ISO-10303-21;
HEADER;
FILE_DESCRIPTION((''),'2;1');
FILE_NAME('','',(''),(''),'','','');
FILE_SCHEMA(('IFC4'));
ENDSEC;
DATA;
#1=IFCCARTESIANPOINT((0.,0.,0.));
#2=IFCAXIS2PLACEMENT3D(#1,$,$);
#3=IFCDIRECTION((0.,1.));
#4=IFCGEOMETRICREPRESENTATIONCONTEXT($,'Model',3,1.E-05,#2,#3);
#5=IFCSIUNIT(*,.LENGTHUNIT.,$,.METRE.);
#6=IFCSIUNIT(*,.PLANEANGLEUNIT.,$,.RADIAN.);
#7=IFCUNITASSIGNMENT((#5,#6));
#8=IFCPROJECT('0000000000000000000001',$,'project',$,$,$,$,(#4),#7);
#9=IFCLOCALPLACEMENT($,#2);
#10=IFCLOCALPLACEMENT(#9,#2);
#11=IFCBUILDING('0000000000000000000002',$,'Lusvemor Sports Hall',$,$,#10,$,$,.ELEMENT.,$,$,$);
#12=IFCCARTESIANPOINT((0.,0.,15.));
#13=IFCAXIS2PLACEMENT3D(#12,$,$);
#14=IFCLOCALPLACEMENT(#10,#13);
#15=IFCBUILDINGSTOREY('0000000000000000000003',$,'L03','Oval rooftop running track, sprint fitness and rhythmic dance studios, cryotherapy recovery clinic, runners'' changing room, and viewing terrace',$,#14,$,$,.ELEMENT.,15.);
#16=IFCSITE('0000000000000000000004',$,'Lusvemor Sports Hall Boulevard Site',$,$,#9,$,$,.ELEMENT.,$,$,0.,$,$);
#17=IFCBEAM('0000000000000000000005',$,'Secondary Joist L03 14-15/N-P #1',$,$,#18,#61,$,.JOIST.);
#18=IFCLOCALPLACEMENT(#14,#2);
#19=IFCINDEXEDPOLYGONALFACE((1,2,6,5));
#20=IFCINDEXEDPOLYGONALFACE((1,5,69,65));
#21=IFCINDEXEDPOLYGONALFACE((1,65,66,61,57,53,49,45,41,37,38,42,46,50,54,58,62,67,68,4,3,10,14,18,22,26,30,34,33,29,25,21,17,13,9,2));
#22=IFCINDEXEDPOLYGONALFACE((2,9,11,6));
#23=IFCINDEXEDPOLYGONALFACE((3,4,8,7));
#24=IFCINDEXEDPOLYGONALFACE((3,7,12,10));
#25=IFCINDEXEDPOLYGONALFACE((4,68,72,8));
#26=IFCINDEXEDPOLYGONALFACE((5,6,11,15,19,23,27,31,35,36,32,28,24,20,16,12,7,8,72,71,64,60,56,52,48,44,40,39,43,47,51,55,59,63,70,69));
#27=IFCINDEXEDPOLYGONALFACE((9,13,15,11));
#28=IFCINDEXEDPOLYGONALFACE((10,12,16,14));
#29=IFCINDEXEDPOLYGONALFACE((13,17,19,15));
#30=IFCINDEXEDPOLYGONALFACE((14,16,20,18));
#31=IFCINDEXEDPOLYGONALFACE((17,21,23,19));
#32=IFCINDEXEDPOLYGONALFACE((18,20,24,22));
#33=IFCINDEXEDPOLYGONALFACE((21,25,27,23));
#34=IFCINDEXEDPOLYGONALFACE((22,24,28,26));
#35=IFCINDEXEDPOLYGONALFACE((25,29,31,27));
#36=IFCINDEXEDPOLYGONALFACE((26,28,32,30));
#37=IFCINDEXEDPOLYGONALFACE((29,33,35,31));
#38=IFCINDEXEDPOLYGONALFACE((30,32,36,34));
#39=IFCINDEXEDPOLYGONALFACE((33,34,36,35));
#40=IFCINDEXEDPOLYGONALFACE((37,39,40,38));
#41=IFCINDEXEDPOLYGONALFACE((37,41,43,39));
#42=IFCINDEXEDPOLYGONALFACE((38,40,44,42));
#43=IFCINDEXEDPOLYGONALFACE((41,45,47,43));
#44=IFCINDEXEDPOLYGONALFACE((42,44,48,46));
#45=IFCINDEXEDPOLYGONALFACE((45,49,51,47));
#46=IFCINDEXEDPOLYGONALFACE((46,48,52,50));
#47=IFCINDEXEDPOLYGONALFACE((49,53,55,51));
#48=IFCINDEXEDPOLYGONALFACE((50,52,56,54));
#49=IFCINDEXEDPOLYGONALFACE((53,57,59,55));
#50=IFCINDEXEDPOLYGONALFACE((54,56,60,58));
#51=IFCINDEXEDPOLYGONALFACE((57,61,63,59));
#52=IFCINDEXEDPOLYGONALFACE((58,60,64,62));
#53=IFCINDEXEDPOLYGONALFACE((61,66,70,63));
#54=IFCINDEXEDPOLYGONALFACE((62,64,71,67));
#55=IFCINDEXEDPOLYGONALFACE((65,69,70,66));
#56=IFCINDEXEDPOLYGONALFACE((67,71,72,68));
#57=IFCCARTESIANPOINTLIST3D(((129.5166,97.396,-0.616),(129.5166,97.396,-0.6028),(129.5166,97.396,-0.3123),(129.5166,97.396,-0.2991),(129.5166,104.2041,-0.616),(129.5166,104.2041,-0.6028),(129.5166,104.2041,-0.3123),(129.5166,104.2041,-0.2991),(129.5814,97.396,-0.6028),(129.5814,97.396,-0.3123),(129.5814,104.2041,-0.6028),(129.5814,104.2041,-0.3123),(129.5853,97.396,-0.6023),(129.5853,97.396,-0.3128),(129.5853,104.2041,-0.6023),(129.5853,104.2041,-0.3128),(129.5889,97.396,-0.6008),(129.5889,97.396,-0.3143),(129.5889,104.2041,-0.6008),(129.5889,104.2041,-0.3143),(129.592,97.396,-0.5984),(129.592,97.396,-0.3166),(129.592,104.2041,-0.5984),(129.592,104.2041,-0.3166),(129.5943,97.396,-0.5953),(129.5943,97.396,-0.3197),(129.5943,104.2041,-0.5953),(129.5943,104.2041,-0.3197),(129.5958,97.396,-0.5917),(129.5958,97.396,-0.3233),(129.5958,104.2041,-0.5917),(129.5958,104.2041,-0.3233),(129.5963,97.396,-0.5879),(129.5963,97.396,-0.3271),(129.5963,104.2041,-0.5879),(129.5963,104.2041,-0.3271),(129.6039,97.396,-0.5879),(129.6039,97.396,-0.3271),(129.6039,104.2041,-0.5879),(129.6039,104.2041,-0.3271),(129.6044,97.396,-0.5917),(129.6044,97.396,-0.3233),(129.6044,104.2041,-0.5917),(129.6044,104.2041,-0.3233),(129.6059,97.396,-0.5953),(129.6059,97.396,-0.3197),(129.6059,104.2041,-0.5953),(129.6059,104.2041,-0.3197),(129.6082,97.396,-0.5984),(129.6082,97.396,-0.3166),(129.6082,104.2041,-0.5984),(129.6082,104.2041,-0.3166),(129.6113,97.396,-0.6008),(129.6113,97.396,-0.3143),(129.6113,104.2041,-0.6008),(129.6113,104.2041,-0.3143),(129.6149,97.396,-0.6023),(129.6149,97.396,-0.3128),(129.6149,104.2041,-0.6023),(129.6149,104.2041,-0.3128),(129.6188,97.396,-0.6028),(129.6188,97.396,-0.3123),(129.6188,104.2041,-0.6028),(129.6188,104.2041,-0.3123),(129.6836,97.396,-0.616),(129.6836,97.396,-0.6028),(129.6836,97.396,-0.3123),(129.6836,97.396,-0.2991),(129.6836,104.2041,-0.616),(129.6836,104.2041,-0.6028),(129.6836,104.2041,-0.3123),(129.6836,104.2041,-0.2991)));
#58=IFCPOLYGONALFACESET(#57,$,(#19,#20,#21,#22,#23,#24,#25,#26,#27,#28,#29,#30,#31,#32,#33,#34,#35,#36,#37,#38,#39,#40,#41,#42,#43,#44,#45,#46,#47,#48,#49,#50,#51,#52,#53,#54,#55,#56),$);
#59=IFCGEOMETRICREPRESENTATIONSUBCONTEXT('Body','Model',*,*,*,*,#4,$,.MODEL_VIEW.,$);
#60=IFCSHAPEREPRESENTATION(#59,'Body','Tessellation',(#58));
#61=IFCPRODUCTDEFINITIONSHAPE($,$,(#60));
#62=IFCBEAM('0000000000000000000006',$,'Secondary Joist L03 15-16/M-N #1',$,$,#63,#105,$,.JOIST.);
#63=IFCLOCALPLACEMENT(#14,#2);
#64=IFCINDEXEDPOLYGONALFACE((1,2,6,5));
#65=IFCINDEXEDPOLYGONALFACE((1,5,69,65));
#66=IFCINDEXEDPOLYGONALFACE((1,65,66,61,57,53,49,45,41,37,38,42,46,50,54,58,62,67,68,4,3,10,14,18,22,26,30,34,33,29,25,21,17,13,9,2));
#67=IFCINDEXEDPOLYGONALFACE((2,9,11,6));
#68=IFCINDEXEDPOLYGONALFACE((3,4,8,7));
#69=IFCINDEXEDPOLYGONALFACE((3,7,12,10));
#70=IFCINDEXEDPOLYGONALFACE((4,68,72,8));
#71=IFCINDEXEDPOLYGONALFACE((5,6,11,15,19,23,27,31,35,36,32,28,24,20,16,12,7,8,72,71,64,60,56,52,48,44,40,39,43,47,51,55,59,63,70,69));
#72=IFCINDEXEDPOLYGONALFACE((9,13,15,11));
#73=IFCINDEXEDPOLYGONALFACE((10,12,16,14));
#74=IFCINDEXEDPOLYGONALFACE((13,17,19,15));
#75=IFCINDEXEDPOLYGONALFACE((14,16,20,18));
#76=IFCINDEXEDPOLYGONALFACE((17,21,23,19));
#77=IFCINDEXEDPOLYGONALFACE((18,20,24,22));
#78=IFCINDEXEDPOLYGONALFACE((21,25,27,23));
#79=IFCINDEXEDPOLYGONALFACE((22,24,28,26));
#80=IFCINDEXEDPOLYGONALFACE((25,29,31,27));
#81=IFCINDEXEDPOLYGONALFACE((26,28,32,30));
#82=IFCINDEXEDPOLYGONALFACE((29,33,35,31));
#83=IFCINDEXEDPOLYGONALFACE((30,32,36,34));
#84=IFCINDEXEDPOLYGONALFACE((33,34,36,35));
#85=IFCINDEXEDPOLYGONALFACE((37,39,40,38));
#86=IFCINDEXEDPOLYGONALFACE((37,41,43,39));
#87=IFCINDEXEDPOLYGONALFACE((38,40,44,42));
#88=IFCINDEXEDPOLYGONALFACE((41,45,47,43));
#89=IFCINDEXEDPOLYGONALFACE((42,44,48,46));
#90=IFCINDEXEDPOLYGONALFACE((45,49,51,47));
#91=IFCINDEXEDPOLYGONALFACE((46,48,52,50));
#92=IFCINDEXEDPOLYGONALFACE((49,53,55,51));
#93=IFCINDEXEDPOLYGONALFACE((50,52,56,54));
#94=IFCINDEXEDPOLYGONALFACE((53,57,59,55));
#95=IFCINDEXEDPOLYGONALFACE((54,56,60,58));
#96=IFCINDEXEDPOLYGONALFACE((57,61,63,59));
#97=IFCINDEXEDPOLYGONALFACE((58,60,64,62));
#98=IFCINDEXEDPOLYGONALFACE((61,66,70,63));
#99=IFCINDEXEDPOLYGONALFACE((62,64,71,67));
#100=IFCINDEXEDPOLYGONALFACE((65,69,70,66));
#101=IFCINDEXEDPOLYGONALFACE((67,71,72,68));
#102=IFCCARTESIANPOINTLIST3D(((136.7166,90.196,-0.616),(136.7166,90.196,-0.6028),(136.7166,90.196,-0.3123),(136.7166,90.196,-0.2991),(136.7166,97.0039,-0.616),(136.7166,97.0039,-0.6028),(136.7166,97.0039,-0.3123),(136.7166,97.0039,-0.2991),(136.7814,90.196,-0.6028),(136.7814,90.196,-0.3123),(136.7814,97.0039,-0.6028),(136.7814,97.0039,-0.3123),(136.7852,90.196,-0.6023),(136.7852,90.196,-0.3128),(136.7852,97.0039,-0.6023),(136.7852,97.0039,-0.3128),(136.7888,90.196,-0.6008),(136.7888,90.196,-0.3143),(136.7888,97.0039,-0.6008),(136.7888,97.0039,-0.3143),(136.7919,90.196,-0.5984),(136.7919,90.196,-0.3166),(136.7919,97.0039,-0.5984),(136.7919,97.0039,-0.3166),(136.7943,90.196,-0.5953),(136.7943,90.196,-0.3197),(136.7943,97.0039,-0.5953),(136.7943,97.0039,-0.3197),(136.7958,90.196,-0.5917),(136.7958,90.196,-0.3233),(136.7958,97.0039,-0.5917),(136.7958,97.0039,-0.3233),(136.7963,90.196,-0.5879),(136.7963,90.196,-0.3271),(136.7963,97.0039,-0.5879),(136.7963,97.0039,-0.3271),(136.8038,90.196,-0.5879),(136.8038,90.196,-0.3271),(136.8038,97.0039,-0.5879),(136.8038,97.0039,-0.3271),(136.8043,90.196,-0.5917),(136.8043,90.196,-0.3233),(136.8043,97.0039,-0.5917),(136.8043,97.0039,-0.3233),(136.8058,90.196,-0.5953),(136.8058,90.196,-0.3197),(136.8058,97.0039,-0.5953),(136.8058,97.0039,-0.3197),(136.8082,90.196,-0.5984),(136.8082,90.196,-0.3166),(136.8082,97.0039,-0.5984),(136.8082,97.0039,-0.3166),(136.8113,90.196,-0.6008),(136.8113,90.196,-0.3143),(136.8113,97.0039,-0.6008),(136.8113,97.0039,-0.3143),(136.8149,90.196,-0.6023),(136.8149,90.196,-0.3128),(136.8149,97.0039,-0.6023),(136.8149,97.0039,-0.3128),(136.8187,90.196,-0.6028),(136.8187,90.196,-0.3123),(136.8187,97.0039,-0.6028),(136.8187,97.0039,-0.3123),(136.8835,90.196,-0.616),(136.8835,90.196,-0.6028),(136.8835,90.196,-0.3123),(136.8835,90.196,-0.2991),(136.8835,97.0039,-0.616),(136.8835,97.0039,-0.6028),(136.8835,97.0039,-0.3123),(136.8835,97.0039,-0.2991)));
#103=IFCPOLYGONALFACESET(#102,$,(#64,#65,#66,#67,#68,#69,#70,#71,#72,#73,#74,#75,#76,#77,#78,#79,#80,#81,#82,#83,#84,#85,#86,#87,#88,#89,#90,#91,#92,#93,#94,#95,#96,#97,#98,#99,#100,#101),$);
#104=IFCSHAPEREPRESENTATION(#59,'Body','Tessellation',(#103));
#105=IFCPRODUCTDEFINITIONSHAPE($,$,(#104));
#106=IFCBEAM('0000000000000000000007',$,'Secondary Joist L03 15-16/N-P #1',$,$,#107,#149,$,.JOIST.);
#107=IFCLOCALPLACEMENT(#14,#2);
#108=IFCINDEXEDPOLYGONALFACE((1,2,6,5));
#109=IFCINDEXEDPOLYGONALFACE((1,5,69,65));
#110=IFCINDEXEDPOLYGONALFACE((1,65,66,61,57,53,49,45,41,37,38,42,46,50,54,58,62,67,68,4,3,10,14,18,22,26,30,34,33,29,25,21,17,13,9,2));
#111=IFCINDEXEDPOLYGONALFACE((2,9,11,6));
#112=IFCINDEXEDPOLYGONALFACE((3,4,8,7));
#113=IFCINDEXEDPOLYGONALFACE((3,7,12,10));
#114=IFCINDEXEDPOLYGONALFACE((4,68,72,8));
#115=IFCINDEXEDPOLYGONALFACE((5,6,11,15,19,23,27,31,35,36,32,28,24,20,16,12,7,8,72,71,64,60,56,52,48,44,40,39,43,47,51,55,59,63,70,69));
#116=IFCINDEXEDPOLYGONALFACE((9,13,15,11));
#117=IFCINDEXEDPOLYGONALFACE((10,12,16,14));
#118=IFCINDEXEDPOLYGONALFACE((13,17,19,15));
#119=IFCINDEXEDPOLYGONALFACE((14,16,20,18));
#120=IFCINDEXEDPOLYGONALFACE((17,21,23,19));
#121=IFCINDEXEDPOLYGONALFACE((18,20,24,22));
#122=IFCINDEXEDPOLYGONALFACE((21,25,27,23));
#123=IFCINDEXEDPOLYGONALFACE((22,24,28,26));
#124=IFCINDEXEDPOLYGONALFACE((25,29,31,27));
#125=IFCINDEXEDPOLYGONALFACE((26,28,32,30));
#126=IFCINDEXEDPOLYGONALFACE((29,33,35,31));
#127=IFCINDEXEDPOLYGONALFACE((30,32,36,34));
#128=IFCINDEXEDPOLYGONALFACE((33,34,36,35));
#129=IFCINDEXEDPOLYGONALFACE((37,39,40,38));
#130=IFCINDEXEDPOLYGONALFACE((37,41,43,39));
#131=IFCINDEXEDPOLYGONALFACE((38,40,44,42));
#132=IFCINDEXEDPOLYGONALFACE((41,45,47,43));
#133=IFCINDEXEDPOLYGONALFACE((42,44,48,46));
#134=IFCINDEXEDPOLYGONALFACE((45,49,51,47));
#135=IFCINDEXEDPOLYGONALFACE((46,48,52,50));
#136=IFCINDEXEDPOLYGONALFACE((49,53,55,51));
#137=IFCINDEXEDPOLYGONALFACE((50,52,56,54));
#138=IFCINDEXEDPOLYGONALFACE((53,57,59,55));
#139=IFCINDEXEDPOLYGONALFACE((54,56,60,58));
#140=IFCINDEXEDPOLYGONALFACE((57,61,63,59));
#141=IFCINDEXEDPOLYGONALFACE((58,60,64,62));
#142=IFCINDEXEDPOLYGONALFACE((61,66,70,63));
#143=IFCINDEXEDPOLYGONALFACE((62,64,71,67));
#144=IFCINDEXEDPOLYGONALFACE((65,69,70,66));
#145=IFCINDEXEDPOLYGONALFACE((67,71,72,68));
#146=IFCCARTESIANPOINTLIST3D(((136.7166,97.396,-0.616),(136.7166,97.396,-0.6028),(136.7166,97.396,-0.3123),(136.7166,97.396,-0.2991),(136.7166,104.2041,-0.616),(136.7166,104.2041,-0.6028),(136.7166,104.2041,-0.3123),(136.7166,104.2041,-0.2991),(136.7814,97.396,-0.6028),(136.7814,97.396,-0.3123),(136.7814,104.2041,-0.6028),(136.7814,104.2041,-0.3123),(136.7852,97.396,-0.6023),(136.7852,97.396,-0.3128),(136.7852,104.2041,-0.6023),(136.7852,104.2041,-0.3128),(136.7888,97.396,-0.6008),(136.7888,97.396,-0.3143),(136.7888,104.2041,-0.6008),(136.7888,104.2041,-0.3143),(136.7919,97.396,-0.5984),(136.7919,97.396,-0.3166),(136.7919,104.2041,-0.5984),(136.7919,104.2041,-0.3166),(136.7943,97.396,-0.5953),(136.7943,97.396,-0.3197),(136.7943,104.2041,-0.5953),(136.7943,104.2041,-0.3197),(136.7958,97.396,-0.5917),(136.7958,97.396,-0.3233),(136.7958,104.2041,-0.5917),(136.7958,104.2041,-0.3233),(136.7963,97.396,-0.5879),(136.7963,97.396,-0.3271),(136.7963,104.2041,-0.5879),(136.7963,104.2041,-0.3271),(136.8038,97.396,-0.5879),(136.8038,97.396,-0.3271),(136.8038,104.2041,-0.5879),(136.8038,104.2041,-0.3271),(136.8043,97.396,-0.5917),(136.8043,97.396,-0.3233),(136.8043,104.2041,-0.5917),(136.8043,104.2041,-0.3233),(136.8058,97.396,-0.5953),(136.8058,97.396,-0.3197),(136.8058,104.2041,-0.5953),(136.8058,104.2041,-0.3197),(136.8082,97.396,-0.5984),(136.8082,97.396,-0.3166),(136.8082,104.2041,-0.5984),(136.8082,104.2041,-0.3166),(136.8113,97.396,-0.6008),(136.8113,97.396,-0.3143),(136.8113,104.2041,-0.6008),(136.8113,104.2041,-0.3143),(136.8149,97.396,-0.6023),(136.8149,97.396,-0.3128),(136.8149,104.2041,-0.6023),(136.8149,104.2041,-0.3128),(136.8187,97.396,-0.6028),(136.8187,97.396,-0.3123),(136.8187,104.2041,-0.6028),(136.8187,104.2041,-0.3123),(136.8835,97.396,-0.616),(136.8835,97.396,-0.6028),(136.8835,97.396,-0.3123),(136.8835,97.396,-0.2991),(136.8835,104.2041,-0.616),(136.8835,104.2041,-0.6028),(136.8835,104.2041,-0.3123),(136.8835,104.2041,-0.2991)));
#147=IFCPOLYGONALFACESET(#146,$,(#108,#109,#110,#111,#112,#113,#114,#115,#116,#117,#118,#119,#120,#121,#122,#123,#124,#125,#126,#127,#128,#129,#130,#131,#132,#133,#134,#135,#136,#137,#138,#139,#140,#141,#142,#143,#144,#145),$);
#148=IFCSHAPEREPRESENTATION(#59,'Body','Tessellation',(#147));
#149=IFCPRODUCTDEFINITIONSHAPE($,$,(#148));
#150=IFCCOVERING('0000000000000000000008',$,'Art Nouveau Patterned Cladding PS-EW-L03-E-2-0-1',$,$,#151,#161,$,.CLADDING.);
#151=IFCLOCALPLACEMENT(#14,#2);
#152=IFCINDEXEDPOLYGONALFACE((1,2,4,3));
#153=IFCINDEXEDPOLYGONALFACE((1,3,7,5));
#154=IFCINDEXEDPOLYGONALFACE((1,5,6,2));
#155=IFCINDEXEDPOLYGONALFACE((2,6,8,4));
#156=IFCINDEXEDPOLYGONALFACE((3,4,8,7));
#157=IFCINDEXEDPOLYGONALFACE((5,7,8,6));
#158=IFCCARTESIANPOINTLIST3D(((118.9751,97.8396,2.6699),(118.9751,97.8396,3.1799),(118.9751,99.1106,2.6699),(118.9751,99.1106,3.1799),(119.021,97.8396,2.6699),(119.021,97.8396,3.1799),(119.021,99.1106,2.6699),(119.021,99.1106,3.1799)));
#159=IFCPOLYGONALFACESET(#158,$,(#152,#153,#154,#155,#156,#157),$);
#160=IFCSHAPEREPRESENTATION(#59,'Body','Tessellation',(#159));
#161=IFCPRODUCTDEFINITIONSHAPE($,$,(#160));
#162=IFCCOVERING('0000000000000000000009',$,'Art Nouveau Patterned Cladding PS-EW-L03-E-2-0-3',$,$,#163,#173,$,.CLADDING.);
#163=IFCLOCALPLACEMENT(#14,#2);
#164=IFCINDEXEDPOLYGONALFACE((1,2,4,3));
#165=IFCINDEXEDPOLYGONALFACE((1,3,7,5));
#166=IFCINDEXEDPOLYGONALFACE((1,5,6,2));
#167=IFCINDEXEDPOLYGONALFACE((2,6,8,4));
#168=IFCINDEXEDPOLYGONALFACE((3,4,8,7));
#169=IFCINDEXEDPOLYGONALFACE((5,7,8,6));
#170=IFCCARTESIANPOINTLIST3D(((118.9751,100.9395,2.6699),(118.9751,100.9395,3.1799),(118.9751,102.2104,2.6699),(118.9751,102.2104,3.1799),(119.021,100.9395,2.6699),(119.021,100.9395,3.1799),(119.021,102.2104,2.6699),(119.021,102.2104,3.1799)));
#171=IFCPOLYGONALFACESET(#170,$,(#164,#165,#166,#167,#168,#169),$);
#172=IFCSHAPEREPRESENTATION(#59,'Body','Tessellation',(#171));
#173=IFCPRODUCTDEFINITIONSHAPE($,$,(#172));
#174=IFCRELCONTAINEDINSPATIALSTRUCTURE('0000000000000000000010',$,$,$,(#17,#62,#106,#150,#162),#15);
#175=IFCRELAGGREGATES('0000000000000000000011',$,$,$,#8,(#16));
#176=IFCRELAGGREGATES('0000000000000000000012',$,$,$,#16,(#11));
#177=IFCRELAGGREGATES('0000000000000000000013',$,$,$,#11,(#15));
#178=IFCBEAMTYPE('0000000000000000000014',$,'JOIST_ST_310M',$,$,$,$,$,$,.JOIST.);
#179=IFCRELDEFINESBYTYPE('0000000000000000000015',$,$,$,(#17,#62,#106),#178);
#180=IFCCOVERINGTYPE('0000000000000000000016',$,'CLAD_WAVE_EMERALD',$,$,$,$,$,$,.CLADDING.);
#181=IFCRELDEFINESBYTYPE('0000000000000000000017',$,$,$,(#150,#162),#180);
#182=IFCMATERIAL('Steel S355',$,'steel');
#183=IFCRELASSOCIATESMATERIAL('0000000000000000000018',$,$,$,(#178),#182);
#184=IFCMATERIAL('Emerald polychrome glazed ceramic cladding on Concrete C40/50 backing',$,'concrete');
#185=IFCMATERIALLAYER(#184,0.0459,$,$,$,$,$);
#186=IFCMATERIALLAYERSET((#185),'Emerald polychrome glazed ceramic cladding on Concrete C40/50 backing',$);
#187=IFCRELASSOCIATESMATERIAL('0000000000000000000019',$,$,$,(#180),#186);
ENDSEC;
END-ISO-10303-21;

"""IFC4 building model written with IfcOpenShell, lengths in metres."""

from ifc_helpers import new_model, si_unit, direction, frame, origin, origin_2d, place, context, subcontext, project, spatial, rectangle, i_section, extrude, material, layer, layer_set, material_profile, profile_set, type_object, element, save


model = new_model("IFC4")

# Units and contexts
model_context = context("Model", 3, precision=1e-05, world=origin(), true_north=direction((0.0, 1.0)))
body_context = subcontext(model_context, "Body", "Model", "MODEL_VIEW")
ifc_project = project(units=[si_unit("LENGTHUNIT", "METRE"), si_unit("PLANEANGLEUNIT", "RADIAN")], contexts=[model_context])

# Site, building, storey
site_placement = place(None, origin())
site = spatial("IfcSite", under=ifc_project, at=site_placement, Name="Lusvemor Sports Hall Boulevard Site", CompositionType="ELEMENT", RefElevation=0.0)
building_placement = place(site_placement, origin())
building = spatial("IfcBuilding", under=site, at=building_placement, Name="Lusvemor Sports Hall", CompositionType="ELEMENT")
storey_placement = place(building_placement, frame((0.0, 0.0, 15.0)))
storey = spatial("IfcBuildingStorey", under=building, at=storey_placement, Name="L03", Description="Oval rooftop running track, sprint fitness and rhythmic dance studios, cryotherapy recovery clinic, runners' changing room, and viewing terrace", CompositionType="ELEMENT", Elevation=15.0)

# Beams
ifc_material_1 = material(Name="Steel S355", Category="steel")
ifc_material_profile_1 = material_profile(ifc_material_1, i_section(OverallWidth=0.167, OverallDepth=0.3169, WebThickness=0.0076, FlangeThickness=0.0132, FilletRadius=0.0149, at=origin_2d()), Name="W310x52.0")
ifc_profile_set_1 = profile_set([ifc_material_profile_1], Name="Steel S355")
beam_type_1 = type_object("IfcBeamType", Name="JOIST_ST_310M", PredefinedType="JOIST", material=ifc_profile_set_1)
beam_1_placement = place(storey_placement, frame((129.6001, 97.396, -0.4575), z_axis=(0.0, 1.0, 0.0), x_axis=(-1.0, 0.0, 0.0)))
element("IfcBeam", 1, at=beam_1_placement, inside=storey, type_object=beam_type_1, Name="Secondary Joist L03 14-15/N-P #1", PredefinedType="JOIST", context=body_context, shape_type="SweptSolid", body=[
    extrude(i_section(OverallWidth=0.167, OverallDepth=0.3169, WebThickness=0.0076, FlangeThickness=0.0132, FilletRadius=0.0149, at=origin_2d()), origin(), (0.0, 0.0, 1.0), 6.8081),
])
beam_2_placement = place(storey_placement, frame((136.8, 90.196, -0.4575), z_axis=(0.0, 1.0, 0.0), x_axis=(-1.0, 0.0, 0.0)))
element("IfcBeam", 2, at=beam_2_placement, inside=storey, type_object=beam_type_1, Name="Secondary Joist L03 15-16/M-N #1", PredefinedType="JOIST", context=body_context, shape_type="SweptSolid", body=[
    extrude(i_section(OverallWidth=0.167, OverallDepth=0.3169, WebThickness=0.0076, FlangeThickness=0.0132, FilletRadius=0.0149, at=origin_2d()), origin(), (0.0, 0.0, 1.0), 6.8079),
])
beam_3_placement = place(storey_placement, frame((136.8, 97.396, -0.4575), z_axis=(0.0, 1.0, 0.0), x_axis=(-1.0, 0.0, 0.0)))
element("IfcBeam", 3, at=beam_3_placement, inside=storey, type_object=beam_type_1, Name="Secondary Joist L03 15-16/N-P #1", PredefinedType="JOIST", context=body_context, shape_type="SweptSolid", body=[
    extrude(i_section(OverallWidth=0.167, OverallDepth=0.3169, WebThickness=0.0076, FlangeThickness=0.0132, FilletRadius=0.0149, at=origin_2d()), origin(), (0.0, 0.0, 1.0), 6.8081),
])

# Coverings
ifc_material_2 = material(Name="Emerald polychrome glazed ceramic cladding on Concrete C40/50 backing", Category="concrete")
ifc_layer = layer(ifc_material_2, 0.0459)
ifc_layer_set = layer_set([ifc_layer], Name="Emerald polychrome glazed ceramic cladding on Concrete C40/50 backing")
covering_type = type_object("IfcCoveringType", Name="CLAD_WAVE_EMERALD", PredefinedType="CLADDING", material=ifc_layer_set)
for number, where, z_axis, x_axis, name in (
    (4, (118.998, 98.4751, 2.6699), (0.0, 0.0, 1.0), (1.0, 0.0, 0.0), "Art Nouveau Patterned Cladding PS-EW-L03-E-2-0-1"),
    (5, (118.998, 101.575, 2.6699), (0.0, 0.0, 1.0), (1.0, 0.0, 0.0), "Art Nouveau Patterned Cladding PS-EW-L03-E-2-0-3"),
):
    element("IfcCovering", number, at=place(storey_placement, frame(where, z_axis=z_axis, x_axis=x_axis)), inside=storey, type_object=covering_type, Name=name, PredefinedType="CLADDING", context=body_context, shape_type="SweptSolid", body=[
        extrude(rectangle(XDim=0.0459, YDim=1.271, at=origin_2d()), origin(), (0.0, 0.0, 1.0), 0.51),
    ])

save(model, "model.ifc")
